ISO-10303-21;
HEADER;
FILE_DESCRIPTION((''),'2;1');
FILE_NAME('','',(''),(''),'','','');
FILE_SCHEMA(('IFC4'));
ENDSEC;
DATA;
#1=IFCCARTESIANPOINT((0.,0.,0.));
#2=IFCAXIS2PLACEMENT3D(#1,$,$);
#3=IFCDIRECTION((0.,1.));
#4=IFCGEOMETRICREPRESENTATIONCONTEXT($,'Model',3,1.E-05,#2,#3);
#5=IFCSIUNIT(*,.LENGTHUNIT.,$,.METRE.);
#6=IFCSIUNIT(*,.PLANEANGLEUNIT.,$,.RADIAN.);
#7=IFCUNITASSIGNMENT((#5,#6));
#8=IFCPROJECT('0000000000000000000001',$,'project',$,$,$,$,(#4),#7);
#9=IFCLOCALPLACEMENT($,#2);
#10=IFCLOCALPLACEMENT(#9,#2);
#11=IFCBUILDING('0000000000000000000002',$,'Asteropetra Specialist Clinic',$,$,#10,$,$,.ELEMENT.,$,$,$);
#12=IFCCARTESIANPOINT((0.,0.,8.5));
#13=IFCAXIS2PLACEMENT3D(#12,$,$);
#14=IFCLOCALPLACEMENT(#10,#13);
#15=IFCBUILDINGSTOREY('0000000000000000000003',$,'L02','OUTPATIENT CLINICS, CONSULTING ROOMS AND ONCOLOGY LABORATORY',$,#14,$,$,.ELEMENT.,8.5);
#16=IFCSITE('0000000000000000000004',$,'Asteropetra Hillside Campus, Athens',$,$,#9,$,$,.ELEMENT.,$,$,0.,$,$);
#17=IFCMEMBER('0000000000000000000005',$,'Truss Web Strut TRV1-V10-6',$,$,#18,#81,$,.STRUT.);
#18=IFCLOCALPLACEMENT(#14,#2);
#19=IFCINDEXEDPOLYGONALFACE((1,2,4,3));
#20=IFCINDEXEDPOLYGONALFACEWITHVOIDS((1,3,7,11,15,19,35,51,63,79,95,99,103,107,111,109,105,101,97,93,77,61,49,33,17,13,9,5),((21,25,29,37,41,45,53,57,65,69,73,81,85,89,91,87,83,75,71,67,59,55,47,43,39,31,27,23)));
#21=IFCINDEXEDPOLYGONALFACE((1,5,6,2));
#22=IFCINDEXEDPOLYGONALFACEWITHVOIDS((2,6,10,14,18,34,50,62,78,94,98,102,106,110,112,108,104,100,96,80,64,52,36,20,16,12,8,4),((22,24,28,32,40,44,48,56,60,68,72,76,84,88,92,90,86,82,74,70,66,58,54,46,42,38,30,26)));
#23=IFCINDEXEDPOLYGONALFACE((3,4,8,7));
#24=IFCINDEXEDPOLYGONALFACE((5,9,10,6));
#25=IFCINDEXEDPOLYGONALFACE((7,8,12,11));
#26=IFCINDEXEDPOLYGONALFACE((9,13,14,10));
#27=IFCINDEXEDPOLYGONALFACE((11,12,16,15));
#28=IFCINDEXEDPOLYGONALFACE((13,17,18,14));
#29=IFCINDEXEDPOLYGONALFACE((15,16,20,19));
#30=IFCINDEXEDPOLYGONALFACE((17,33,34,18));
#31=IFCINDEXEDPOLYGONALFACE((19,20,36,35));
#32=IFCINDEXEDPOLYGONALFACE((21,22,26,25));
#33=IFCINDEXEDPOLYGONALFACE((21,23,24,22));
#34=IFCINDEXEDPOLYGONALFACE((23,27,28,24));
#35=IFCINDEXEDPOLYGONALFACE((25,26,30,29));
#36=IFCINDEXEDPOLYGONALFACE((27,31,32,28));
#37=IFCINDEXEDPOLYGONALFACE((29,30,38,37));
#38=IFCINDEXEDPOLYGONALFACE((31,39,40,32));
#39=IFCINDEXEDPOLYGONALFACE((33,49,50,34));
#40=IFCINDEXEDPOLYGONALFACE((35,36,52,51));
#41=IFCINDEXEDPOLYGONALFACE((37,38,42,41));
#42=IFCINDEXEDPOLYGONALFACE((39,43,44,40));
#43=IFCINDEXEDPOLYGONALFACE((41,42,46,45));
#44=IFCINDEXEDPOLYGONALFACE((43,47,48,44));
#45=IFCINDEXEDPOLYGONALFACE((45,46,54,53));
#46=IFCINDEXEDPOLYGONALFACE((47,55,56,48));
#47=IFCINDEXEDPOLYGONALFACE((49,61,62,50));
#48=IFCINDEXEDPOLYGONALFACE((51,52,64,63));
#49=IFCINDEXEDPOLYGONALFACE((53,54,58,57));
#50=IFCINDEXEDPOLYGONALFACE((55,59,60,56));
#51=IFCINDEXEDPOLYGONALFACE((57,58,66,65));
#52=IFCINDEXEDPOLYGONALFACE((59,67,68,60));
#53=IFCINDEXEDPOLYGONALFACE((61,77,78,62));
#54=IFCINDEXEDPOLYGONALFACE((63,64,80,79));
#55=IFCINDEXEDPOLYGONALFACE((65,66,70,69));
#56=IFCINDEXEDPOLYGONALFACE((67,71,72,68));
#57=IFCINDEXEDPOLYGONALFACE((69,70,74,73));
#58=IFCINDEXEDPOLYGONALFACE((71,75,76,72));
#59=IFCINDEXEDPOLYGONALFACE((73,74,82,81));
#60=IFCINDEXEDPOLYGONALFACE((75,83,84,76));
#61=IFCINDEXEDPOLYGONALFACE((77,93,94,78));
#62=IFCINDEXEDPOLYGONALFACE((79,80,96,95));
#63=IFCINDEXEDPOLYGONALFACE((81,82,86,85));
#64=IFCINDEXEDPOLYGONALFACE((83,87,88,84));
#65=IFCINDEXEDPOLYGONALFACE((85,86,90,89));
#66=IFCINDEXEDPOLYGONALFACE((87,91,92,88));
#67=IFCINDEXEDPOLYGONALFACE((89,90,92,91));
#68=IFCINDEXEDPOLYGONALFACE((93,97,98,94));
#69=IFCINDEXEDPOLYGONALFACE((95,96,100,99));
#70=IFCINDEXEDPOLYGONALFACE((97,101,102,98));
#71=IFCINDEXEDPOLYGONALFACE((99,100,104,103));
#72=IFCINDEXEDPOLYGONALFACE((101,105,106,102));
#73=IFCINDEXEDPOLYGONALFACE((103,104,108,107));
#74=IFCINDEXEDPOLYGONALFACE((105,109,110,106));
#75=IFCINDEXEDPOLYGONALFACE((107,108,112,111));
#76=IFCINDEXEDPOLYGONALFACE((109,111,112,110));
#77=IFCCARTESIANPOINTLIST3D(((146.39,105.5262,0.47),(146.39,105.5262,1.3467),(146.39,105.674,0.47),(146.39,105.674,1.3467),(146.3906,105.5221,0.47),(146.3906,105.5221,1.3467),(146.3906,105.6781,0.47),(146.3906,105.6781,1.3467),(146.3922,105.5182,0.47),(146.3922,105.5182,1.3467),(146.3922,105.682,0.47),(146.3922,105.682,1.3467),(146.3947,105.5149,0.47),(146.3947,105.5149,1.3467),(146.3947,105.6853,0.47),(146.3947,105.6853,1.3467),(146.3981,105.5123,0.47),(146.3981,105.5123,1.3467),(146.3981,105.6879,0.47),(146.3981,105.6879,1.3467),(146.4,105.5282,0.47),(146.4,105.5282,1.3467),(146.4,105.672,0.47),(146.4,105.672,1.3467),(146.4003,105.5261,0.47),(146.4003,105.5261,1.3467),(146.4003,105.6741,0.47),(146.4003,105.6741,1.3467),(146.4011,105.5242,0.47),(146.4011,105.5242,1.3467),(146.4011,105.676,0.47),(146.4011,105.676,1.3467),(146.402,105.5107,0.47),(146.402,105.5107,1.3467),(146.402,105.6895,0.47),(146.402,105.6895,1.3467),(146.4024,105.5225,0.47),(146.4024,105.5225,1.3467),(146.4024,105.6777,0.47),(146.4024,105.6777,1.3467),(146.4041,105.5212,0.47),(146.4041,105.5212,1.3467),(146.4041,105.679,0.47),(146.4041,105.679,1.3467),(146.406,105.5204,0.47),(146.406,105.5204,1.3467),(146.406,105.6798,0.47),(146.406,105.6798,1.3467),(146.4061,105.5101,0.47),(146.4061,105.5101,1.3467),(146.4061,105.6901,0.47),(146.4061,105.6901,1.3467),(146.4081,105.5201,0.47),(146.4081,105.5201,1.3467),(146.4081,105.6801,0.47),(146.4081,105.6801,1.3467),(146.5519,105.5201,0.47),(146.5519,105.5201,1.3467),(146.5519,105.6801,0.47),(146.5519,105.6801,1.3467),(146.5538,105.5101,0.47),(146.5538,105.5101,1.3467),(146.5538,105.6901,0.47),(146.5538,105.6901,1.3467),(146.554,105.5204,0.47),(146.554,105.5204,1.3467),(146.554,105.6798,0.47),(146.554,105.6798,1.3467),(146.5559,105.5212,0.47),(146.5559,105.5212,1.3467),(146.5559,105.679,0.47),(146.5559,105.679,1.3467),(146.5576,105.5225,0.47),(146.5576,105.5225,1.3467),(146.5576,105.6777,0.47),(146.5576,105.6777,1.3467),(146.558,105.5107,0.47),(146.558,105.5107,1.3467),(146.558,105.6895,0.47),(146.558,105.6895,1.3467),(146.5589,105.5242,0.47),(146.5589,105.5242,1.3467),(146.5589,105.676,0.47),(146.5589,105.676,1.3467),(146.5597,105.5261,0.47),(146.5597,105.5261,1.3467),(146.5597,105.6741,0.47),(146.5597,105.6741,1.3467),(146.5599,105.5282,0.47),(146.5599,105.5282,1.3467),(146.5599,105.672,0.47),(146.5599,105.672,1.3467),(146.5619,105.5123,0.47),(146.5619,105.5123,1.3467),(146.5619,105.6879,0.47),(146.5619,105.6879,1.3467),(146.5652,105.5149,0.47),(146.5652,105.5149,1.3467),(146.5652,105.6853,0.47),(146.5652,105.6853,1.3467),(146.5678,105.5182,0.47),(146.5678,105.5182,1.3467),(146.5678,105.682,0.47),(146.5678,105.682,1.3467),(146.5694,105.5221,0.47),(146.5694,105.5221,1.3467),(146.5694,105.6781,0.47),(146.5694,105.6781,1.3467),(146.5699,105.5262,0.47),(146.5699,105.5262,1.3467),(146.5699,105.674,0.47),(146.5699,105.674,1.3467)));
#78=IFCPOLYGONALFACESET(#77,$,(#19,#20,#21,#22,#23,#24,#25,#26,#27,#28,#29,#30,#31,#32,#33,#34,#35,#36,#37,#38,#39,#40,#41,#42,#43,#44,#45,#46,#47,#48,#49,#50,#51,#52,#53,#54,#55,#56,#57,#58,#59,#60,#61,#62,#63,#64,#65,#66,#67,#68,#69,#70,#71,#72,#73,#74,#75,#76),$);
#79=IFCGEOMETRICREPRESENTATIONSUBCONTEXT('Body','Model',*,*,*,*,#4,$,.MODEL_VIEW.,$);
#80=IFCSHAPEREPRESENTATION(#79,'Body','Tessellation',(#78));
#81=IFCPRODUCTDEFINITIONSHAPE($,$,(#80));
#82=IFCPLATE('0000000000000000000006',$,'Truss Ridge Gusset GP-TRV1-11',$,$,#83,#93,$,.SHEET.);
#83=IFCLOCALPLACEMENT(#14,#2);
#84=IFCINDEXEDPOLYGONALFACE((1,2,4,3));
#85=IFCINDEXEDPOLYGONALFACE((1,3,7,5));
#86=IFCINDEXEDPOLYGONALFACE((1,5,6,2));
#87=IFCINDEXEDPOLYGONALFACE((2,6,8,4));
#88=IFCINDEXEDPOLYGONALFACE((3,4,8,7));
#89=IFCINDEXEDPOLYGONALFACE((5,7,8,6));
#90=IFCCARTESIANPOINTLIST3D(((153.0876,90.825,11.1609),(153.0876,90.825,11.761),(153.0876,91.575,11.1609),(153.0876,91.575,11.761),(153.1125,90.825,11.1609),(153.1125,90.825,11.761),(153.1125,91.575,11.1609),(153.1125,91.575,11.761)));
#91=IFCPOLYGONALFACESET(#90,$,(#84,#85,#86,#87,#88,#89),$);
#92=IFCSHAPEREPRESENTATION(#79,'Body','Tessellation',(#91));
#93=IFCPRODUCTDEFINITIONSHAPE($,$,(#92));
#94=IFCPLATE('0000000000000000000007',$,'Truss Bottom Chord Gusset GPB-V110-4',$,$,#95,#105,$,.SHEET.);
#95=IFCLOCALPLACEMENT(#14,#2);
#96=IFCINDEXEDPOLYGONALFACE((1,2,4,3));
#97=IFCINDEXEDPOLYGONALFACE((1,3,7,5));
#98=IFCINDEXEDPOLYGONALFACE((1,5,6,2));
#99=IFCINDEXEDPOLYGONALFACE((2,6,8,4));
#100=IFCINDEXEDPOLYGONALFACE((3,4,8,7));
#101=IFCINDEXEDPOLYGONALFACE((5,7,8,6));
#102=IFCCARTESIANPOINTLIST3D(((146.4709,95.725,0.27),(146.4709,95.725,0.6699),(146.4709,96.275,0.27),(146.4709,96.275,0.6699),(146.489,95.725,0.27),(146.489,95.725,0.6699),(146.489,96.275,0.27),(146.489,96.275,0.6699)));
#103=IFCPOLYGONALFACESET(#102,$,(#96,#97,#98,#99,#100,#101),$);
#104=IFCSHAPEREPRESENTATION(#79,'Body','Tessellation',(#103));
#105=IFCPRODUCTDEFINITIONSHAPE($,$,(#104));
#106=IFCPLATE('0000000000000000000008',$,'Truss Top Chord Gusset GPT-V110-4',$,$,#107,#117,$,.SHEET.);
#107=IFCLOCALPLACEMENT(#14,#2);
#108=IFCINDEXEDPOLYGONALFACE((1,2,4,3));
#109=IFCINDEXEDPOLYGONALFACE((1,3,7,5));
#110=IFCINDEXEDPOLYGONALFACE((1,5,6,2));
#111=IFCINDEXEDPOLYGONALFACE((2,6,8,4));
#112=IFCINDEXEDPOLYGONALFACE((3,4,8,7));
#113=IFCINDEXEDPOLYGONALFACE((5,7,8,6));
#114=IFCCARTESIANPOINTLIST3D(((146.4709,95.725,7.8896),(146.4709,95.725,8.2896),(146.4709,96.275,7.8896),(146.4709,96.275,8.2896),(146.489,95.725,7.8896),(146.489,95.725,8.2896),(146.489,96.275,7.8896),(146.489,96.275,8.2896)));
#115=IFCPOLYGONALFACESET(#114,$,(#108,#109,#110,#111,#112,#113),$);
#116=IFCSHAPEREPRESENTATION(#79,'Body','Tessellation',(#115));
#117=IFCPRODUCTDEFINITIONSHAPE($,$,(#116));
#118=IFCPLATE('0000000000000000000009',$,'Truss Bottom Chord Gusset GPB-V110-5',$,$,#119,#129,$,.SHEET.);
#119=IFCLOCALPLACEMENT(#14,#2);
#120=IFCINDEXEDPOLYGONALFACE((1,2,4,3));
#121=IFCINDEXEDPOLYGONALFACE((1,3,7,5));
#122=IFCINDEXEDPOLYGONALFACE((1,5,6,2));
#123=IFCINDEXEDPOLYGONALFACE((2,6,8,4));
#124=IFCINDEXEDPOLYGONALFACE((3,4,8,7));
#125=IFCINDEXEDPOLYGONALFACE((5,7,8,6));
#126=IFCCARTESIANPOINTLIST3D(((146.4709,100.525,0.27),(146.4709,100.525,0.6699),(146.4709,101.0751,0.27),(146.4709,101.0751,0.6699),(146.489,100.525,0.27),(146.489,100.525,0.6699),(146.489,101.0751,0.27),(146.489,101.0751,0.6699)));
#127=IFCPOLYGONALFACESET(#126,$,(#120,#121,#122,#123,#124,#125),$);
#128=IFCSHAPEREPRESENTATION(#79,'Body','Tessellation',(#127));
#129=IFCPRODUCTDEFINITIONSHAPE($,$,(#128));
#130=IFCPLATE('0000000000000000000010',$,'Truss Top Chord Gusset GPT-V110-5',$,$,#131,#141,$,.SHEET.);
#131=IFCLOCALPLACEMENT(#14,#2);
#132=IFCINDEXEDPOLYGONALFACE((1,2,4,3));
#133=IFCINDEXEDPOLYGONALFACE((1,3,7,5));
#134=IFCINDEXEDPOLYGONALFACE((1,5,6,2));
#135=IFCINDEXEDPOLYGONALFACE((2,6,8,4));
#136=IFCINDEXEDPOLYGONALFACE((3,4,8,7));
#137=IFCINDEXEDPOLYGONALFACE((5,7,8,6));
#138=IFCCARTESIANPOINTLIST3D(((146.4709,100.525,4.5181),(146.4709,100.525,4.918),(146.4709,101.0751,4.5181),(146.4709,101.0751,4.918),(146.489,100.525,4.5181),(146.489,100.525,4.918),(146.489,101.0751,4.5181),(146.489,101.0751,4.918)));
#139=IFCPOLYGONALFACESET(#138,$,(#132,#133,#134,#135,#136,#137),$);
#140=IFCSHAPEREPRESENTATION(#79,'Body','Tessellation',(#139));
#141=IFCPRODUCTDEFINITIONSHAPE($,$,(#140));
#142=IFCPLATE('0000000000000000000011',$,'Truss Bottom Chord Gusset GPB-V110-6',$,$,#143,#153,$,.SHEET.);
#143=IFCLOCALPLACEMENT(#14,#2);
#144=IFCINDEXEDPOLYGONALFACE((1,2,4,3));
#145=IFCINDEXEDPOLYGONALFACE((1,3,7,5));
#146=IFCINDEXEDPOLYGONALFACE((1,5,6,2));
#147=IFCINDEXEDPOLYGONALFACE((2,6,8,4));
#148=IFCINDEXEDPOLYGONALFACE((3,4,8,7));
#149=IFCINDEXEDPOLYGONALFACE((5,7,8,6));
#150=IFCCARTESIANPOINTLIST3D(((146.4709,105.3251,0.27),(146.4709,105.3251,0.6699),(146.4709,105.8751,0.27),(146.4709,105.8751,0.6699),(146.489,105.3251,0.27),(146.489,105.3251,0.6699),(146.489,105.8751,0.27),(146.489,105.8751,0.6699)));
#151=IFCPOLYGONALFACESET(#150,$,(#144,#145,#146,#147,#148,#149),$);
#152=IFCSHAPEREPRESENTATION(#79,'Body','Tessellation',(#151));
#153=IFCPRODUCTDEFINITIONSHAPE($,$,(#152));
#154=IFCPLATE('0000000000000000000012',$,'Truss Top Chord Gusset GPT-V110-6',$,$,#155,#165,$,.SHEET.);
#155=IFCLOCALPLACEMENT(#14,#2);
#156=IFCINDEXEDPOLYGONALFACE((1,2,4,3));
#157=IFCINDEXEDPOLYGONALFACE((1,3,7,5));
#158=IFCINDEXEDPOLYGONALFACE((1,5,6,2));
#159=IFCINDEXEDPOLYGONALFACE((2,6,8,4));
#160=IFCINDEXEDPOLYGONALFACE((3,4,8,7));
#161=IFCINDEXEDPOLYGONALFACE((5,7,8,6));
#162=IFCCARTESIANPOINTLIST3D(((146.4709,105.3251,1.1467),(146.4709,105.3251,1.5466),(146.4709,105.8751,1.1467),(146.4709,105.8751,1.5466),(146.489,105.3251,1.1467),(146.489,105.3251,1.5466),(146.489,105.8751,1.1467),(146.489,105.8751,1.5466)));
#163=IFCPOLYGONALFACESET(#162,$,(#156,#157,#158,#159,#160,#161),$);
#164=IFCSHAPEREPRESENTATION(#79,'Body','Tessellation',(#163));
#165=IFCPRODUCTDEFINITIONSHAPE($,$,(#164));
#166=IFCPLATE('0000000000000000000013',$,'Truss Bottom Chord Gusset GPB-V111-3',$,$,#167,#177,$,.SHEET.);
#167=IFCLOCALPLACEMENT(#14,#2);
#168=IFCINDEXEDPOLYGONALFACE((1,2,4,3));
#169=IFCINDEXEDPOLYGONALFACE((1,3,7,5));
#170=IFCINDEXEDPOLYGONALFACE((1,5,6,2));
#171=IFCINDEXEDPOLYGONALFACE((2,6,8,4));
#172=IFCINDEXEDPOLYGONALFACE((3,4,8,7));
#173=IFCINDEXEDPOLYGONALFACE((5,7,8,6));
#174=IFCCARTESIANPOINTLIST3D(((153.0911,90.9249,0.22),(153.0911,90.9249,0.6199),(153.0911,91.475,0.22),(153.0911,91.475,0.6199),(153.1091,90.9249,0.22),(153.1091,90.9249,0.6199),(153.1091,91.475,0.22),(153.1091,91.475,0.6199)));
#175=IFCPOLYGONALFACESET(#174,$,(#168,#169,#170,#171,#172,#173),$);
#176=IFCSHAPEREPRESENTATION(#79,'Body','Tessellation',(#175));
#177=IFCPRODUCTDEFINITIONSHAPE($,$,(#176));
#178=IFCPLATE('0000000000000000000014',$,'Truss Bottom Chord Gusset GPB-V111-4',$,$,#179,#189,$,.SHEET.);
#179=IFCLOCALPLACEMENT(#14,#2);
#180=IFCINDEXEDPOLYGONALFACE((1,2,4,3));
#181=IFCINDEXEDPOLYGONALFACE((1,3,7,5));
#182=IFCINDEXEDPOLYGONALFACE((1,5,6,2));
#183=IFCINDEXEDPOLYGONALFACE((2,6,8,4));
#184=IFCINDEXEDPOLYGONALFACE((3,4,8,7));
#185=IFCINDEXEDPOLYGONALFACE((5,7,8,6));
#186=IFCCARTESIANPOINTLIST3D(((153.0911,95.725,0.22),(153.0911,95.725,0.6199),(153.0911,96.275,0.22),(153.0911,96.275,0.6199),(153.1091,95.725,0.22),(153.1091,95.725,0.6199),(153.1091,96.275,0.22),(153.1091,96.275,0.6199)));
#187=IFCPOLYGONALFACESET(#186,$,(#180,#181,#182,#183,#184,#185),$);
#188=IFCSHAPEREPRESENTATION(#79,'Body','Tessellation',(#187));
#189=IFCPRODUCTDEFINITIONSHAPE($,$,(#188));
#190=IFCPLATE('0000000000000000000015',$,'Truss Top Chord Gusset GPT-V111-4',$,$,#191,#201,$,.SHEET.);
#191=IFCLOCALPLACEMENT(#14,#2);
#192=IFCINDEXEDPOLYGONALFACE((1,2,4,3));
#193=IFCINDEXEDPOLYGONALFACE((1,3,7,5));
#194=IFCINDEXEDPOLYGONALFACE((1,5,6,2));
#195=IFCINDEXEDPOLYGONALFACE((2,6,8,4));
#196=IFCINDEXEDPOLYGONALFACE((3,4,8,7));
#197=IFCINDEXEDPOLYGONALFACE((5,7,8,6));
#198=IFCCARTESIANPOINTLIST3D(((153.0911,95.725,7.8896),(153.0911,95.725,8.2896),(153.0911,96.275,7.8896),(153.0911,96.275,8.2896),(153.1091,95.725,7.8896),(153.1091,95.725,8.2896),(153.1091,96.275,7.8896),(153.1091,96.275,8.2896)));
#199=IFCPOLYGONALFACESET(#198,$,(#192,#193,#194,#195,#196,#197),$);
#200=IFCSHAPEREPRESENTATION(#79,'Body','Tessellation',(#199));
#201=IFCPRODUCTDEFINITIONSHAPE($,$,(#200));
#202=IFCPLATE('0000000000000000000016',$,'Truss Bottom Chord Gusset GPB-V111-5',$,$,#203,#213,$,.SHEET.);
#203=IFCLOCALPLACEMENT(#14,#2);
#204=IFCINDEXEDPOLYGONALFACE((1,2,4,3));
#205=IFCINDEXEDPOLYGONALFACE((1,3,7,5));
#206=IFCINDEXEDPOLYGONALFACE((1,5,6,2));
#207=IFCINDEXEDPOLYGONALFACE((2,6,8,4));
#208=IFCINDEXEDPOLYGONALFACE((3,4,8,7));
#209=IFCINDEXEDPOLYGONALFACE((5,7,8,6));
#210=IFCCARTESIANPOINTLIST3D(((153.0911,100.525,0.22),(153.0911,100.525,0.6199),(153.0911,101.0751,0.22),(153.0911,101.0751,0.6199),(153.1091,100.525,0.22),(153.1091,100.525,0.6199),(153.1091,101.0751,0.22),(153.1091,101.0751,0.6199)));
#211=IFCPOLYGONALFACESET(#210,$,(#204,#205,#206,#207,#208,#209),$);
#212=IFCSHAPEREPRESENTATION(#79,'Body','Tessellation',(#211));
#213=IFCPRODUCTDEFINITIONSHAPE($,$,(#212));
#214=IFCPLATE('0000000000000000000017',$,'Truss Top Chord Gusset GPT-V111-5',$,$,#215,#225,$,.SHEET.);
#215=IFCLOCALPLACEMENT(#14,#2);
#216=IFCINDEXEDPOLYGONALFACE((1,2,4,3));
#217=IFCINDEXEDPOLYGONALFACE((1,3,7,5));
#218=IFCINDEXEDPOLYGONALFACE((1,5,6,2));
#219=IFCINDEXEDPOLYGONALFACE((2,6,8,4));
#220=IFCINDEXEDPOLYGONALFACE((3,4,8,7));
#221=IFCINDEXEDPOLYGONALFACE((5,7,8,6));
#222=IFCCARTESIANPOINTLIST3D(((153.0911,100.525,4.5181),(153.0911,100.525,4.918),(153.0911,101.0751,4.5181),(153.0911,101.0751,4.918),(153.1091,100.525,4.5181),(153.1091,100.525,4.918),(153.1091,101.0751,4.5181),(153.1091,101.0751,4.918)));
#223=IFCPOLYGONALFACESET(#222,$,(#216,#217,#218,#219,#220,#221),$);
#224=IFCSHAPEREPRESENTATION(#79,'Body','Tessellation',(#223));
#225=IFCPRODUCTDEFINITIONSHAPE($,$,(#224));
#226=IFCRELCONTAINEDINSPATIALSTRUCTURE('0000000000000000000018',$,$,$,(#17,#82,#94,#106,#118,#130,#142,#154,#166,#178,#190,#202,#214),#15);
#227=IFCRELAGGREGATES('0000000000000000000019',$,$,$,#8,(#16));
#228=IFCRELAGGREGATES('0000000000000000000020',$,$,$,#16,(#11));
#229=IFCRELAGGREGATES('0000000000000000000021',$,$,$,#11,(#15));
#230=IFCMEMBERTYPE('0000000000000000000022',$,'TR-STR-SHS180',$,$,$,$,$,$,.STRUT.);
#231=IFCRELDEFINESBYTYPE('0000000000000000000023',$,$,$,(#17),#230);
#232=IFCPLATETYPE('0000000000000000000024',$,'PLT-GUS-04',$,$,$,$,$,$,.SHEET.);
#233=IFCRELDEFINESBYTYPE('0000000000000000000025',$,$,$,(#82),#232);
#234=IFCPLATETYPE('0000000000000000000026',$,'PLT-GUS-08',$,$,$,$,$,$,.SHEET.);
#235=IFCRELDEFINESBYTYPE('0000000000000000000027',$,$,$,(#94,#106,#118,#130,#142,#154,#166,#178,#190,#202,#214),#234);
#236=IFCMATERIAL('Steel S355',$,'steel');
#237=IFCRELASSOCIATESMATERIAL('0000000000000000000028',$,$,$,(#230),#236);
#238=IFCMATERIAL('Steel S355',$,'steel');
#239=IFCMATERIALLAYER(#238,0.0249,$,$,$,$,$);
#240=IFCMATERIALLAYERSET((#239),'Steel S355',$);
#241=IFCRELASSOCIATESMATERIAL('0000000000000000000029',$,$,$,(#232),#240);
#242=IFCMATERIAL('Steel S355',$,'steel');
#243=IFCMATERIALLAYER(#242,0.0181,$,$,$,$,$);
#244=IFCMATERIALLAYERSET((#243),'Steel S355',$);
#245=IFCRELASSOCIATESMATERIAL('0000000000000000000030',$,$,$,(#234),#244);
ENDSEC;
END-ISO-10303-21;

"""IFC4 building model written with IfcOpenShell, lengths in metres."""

from ifc_helpers import new_model, si_unit, direction, frame, origin, origin_2d, place, context, subcontext, project, spatial, rectangle, hollow_rectangle, extrude, material, layer, layer_set, material_profile, profile_set, type_object, element, save


model = new_model("IFC4")

# Units and contexts
model_context = context("Model", 3, precision=1e-05, world=origin(), true_north=direction((0.0, 1.0)))
body_context = subcontext(model_context, "Body", "Model", "MODEL_VIEW")
ifc_project = project(units=[si_unit("LENGTHUNIT", "METRE"), si_unit("PLANEANGLEUNIT", "RADIAN")], contexts=[model_context])

# Site, building, storey
site_placement = place(None, origin())
site = spatial("IfcSite", under=ifc_project, at=site_placement, Name="Asteropetra Hillside Campus, Athens", CompositionType="ELEMENT", RefElevation=0.0)
building_placement = place(site_placement, origin())
building = spatial("IfcBuilding", under=site, at=building_placement, Name="Asteropetra Specialist Clinic", CompositionType="ELEMENT")
storey_placement = place(building_placement, frame((0.0, 0.0, 8.5)))
storey = spatial("IfcBuildingStorey", under=building, at=storey_placement, Name="L02", Description="OUTPATIENT CLINICS, CONSULTING ROOMS AND ONCOLOGY LABORATORY", CompositionType="ELEMENT", Elevation=8.5)

# Member
ifc_material_1 = material(Name="Steel S355", Category="steel")
ifc_material_profile_1 = material_profile(ifc_material_1, hollow_rectangle(XDim=0.1799, YDim=0.1799, WallThickness=0.01, InnerFilletRadius=0.0081, OuterFilletRadius=0.0161, at=origin_2d()), Name="SHS 180x180x10.0")
ifc_profile_set_1 = profile_set([ifc_material_profile_1], Name="Steel S355")
member_type_1 = type_object("IfcMemberType", Name="TR-STR-SHS180", PredefinedType="STRUT", material=ifc_profile_set_1)
member_1_placement = place(storey_placement, frame((146.48, 105.6001, 0.47), z_axis=(0.0, 0.0, 1.0), x_axis=(1.0, 0.0, 0.0)))
element("IfcMember", 1, at=member_1_placement, inside=storey, type_object=member_type_1, Name="Truss Web Strut TRV1-V10-6", PredefinedType="STRUT", context=body_context, shape_type="SweptSolid", body=[
    extrude(hollow_rectangle(XDim=0.1799, YDim=0.1799, WallThickness=0.01, InnerFilletRadius=0.0081, OuterFilletRadius=0.0161, at=origin_2d()), origin(), (0.0, 0.0, 1.0), 0.8767),
])

# Plates
ifc_material_2 = material(Name="Steel S355", Category="steel")
ifc_layer_1 = layer(ifc_material_2, 0.0249)
ifc_layer_set_1 = layer_set([ifc_layer_1], Name="Steel S355")
plate_type_1 = type_object("IfcPlateType", Name="PLT-GUS-04", PredefinedType="SHEET", material=ifc_layer_set_1)
plate_placement = place(storey_placement, frame((153.1001, 91.2, 11.1609), z_axis=(0.0, 0.0, 1.0), x_axis=(1.0, 0.0, 0.0)))
element("IfcPlate", 2, at=plate_placement, inside=storey, type_object=plate_type_1, Name="Truss Ridge Gusset GP-TRV1-11", PredefinedType="SHEET", context=body_context, shape_type="SweptSolid", body=[
    extrude(rectangle(XDim=0.0249, YDim=0.75, at=origin_2d()), origin(), (0.0, 0.0, 1.0), 0.6001),
])
ifc_material_3 = material(Name="Steel S355", Category="steel")
ifc_layer_2 = layer(ifc_material_3, 0.0181)
ifc_layer_set_2 = layer_set([ifc_layer_2], Name="Steel S355")
plate_type_2 = type_object("IfcPlateType", Name="PLT-GUS-08", PredefinedType="SHEET", material=ifc_layer_set_2)
for number, where, z_axis, x_axis, name in (
    (3, (146.48, 96.0, 0.27), (0.0, 0.0, 1.0), (1.0, 0.0, 0.0), "Truss Bottom Chord Gusset GPB-V110-4"),
    (4, (146.48, 96.0, 7.8896), (0.0, 0.0, 1.0), (1.0, 0.0, 0.0), "Truss Top Chord Gusset GPT-V110-4"),
    (5, (146.48, 100.8, 0.27), (0.0, 0.0, 1.0), (1.0, 0.0, 0.0), "Truss Bottom Chord Gusset GPB-V110-5"),
    (6, (146.48, 100.8, 4.5181), (0.0, 0.0, 1.0), (1.0, 0.0, 0.0), "Truss Top Chord Gusset GPT-V110-5"),
    (7, (146.48, 105.6001, 0.27), (0.0, 0.0, 1.0), (1.0, 0.0, 0.0), "Truss Bottom Chord Gusset GPB-V110-6"),
    (8, (146.48, 105.6001, 1.1467), (0.0, 0.0, 1.0), (1.0, 0.0, 0.0), "Truss Top Chord Gusset GPT-V110-6"),
    (9, (153.1001, 91.2, 0.22), (0.0, 0.0, 1.0), (1.0, 0.0, 0.0), "Truss Bottom Chord Gusset GPB-V111-3"),
    (10, (153.1001, 96.0, 0.22), (0.0, 0.0, 1.0), (1.0, 0.0, 0.0), "Truss Bottom Chord Gusset GPB-V111-4"),
    (11, (153.1001, 96.0, 7.8896), (0.0, 0.0, 1.0), (1.0, 0.0, 0.0), "Truss Top Chord Gusset GPT-V111-4"),
    (12, (153.1001, 100.8, 0.22), (0.0, 0.0, 1.0), (1.0, 0.0, 0.0), "Truss Bottom Chord Gusset GPB-V111-5"),
    (13, (153.1001, 100.8, 4.5181), (0.0, 0.0, 1.0), (1.0, 0.0, 0.0), "Truss Top Chord Gusset GPT-V111-5"),
):
    element("IfcPlate", number, at=place(storey_placement, frame(where, z_axis=z_axis, x_axis=x_axis)), inside=storey, type_object=plate_type_2, Name=name, PredefinedType="SHEET", context=body_context, shape_type="SweptSolid", body=[
        extrude(rectangle(XDim=0.0181, YDim=0.55, at=origin_2d()), origin(), (0.0, 0.0, 1.0), 0.3999),
    ])

save(model, "model.ifc")
